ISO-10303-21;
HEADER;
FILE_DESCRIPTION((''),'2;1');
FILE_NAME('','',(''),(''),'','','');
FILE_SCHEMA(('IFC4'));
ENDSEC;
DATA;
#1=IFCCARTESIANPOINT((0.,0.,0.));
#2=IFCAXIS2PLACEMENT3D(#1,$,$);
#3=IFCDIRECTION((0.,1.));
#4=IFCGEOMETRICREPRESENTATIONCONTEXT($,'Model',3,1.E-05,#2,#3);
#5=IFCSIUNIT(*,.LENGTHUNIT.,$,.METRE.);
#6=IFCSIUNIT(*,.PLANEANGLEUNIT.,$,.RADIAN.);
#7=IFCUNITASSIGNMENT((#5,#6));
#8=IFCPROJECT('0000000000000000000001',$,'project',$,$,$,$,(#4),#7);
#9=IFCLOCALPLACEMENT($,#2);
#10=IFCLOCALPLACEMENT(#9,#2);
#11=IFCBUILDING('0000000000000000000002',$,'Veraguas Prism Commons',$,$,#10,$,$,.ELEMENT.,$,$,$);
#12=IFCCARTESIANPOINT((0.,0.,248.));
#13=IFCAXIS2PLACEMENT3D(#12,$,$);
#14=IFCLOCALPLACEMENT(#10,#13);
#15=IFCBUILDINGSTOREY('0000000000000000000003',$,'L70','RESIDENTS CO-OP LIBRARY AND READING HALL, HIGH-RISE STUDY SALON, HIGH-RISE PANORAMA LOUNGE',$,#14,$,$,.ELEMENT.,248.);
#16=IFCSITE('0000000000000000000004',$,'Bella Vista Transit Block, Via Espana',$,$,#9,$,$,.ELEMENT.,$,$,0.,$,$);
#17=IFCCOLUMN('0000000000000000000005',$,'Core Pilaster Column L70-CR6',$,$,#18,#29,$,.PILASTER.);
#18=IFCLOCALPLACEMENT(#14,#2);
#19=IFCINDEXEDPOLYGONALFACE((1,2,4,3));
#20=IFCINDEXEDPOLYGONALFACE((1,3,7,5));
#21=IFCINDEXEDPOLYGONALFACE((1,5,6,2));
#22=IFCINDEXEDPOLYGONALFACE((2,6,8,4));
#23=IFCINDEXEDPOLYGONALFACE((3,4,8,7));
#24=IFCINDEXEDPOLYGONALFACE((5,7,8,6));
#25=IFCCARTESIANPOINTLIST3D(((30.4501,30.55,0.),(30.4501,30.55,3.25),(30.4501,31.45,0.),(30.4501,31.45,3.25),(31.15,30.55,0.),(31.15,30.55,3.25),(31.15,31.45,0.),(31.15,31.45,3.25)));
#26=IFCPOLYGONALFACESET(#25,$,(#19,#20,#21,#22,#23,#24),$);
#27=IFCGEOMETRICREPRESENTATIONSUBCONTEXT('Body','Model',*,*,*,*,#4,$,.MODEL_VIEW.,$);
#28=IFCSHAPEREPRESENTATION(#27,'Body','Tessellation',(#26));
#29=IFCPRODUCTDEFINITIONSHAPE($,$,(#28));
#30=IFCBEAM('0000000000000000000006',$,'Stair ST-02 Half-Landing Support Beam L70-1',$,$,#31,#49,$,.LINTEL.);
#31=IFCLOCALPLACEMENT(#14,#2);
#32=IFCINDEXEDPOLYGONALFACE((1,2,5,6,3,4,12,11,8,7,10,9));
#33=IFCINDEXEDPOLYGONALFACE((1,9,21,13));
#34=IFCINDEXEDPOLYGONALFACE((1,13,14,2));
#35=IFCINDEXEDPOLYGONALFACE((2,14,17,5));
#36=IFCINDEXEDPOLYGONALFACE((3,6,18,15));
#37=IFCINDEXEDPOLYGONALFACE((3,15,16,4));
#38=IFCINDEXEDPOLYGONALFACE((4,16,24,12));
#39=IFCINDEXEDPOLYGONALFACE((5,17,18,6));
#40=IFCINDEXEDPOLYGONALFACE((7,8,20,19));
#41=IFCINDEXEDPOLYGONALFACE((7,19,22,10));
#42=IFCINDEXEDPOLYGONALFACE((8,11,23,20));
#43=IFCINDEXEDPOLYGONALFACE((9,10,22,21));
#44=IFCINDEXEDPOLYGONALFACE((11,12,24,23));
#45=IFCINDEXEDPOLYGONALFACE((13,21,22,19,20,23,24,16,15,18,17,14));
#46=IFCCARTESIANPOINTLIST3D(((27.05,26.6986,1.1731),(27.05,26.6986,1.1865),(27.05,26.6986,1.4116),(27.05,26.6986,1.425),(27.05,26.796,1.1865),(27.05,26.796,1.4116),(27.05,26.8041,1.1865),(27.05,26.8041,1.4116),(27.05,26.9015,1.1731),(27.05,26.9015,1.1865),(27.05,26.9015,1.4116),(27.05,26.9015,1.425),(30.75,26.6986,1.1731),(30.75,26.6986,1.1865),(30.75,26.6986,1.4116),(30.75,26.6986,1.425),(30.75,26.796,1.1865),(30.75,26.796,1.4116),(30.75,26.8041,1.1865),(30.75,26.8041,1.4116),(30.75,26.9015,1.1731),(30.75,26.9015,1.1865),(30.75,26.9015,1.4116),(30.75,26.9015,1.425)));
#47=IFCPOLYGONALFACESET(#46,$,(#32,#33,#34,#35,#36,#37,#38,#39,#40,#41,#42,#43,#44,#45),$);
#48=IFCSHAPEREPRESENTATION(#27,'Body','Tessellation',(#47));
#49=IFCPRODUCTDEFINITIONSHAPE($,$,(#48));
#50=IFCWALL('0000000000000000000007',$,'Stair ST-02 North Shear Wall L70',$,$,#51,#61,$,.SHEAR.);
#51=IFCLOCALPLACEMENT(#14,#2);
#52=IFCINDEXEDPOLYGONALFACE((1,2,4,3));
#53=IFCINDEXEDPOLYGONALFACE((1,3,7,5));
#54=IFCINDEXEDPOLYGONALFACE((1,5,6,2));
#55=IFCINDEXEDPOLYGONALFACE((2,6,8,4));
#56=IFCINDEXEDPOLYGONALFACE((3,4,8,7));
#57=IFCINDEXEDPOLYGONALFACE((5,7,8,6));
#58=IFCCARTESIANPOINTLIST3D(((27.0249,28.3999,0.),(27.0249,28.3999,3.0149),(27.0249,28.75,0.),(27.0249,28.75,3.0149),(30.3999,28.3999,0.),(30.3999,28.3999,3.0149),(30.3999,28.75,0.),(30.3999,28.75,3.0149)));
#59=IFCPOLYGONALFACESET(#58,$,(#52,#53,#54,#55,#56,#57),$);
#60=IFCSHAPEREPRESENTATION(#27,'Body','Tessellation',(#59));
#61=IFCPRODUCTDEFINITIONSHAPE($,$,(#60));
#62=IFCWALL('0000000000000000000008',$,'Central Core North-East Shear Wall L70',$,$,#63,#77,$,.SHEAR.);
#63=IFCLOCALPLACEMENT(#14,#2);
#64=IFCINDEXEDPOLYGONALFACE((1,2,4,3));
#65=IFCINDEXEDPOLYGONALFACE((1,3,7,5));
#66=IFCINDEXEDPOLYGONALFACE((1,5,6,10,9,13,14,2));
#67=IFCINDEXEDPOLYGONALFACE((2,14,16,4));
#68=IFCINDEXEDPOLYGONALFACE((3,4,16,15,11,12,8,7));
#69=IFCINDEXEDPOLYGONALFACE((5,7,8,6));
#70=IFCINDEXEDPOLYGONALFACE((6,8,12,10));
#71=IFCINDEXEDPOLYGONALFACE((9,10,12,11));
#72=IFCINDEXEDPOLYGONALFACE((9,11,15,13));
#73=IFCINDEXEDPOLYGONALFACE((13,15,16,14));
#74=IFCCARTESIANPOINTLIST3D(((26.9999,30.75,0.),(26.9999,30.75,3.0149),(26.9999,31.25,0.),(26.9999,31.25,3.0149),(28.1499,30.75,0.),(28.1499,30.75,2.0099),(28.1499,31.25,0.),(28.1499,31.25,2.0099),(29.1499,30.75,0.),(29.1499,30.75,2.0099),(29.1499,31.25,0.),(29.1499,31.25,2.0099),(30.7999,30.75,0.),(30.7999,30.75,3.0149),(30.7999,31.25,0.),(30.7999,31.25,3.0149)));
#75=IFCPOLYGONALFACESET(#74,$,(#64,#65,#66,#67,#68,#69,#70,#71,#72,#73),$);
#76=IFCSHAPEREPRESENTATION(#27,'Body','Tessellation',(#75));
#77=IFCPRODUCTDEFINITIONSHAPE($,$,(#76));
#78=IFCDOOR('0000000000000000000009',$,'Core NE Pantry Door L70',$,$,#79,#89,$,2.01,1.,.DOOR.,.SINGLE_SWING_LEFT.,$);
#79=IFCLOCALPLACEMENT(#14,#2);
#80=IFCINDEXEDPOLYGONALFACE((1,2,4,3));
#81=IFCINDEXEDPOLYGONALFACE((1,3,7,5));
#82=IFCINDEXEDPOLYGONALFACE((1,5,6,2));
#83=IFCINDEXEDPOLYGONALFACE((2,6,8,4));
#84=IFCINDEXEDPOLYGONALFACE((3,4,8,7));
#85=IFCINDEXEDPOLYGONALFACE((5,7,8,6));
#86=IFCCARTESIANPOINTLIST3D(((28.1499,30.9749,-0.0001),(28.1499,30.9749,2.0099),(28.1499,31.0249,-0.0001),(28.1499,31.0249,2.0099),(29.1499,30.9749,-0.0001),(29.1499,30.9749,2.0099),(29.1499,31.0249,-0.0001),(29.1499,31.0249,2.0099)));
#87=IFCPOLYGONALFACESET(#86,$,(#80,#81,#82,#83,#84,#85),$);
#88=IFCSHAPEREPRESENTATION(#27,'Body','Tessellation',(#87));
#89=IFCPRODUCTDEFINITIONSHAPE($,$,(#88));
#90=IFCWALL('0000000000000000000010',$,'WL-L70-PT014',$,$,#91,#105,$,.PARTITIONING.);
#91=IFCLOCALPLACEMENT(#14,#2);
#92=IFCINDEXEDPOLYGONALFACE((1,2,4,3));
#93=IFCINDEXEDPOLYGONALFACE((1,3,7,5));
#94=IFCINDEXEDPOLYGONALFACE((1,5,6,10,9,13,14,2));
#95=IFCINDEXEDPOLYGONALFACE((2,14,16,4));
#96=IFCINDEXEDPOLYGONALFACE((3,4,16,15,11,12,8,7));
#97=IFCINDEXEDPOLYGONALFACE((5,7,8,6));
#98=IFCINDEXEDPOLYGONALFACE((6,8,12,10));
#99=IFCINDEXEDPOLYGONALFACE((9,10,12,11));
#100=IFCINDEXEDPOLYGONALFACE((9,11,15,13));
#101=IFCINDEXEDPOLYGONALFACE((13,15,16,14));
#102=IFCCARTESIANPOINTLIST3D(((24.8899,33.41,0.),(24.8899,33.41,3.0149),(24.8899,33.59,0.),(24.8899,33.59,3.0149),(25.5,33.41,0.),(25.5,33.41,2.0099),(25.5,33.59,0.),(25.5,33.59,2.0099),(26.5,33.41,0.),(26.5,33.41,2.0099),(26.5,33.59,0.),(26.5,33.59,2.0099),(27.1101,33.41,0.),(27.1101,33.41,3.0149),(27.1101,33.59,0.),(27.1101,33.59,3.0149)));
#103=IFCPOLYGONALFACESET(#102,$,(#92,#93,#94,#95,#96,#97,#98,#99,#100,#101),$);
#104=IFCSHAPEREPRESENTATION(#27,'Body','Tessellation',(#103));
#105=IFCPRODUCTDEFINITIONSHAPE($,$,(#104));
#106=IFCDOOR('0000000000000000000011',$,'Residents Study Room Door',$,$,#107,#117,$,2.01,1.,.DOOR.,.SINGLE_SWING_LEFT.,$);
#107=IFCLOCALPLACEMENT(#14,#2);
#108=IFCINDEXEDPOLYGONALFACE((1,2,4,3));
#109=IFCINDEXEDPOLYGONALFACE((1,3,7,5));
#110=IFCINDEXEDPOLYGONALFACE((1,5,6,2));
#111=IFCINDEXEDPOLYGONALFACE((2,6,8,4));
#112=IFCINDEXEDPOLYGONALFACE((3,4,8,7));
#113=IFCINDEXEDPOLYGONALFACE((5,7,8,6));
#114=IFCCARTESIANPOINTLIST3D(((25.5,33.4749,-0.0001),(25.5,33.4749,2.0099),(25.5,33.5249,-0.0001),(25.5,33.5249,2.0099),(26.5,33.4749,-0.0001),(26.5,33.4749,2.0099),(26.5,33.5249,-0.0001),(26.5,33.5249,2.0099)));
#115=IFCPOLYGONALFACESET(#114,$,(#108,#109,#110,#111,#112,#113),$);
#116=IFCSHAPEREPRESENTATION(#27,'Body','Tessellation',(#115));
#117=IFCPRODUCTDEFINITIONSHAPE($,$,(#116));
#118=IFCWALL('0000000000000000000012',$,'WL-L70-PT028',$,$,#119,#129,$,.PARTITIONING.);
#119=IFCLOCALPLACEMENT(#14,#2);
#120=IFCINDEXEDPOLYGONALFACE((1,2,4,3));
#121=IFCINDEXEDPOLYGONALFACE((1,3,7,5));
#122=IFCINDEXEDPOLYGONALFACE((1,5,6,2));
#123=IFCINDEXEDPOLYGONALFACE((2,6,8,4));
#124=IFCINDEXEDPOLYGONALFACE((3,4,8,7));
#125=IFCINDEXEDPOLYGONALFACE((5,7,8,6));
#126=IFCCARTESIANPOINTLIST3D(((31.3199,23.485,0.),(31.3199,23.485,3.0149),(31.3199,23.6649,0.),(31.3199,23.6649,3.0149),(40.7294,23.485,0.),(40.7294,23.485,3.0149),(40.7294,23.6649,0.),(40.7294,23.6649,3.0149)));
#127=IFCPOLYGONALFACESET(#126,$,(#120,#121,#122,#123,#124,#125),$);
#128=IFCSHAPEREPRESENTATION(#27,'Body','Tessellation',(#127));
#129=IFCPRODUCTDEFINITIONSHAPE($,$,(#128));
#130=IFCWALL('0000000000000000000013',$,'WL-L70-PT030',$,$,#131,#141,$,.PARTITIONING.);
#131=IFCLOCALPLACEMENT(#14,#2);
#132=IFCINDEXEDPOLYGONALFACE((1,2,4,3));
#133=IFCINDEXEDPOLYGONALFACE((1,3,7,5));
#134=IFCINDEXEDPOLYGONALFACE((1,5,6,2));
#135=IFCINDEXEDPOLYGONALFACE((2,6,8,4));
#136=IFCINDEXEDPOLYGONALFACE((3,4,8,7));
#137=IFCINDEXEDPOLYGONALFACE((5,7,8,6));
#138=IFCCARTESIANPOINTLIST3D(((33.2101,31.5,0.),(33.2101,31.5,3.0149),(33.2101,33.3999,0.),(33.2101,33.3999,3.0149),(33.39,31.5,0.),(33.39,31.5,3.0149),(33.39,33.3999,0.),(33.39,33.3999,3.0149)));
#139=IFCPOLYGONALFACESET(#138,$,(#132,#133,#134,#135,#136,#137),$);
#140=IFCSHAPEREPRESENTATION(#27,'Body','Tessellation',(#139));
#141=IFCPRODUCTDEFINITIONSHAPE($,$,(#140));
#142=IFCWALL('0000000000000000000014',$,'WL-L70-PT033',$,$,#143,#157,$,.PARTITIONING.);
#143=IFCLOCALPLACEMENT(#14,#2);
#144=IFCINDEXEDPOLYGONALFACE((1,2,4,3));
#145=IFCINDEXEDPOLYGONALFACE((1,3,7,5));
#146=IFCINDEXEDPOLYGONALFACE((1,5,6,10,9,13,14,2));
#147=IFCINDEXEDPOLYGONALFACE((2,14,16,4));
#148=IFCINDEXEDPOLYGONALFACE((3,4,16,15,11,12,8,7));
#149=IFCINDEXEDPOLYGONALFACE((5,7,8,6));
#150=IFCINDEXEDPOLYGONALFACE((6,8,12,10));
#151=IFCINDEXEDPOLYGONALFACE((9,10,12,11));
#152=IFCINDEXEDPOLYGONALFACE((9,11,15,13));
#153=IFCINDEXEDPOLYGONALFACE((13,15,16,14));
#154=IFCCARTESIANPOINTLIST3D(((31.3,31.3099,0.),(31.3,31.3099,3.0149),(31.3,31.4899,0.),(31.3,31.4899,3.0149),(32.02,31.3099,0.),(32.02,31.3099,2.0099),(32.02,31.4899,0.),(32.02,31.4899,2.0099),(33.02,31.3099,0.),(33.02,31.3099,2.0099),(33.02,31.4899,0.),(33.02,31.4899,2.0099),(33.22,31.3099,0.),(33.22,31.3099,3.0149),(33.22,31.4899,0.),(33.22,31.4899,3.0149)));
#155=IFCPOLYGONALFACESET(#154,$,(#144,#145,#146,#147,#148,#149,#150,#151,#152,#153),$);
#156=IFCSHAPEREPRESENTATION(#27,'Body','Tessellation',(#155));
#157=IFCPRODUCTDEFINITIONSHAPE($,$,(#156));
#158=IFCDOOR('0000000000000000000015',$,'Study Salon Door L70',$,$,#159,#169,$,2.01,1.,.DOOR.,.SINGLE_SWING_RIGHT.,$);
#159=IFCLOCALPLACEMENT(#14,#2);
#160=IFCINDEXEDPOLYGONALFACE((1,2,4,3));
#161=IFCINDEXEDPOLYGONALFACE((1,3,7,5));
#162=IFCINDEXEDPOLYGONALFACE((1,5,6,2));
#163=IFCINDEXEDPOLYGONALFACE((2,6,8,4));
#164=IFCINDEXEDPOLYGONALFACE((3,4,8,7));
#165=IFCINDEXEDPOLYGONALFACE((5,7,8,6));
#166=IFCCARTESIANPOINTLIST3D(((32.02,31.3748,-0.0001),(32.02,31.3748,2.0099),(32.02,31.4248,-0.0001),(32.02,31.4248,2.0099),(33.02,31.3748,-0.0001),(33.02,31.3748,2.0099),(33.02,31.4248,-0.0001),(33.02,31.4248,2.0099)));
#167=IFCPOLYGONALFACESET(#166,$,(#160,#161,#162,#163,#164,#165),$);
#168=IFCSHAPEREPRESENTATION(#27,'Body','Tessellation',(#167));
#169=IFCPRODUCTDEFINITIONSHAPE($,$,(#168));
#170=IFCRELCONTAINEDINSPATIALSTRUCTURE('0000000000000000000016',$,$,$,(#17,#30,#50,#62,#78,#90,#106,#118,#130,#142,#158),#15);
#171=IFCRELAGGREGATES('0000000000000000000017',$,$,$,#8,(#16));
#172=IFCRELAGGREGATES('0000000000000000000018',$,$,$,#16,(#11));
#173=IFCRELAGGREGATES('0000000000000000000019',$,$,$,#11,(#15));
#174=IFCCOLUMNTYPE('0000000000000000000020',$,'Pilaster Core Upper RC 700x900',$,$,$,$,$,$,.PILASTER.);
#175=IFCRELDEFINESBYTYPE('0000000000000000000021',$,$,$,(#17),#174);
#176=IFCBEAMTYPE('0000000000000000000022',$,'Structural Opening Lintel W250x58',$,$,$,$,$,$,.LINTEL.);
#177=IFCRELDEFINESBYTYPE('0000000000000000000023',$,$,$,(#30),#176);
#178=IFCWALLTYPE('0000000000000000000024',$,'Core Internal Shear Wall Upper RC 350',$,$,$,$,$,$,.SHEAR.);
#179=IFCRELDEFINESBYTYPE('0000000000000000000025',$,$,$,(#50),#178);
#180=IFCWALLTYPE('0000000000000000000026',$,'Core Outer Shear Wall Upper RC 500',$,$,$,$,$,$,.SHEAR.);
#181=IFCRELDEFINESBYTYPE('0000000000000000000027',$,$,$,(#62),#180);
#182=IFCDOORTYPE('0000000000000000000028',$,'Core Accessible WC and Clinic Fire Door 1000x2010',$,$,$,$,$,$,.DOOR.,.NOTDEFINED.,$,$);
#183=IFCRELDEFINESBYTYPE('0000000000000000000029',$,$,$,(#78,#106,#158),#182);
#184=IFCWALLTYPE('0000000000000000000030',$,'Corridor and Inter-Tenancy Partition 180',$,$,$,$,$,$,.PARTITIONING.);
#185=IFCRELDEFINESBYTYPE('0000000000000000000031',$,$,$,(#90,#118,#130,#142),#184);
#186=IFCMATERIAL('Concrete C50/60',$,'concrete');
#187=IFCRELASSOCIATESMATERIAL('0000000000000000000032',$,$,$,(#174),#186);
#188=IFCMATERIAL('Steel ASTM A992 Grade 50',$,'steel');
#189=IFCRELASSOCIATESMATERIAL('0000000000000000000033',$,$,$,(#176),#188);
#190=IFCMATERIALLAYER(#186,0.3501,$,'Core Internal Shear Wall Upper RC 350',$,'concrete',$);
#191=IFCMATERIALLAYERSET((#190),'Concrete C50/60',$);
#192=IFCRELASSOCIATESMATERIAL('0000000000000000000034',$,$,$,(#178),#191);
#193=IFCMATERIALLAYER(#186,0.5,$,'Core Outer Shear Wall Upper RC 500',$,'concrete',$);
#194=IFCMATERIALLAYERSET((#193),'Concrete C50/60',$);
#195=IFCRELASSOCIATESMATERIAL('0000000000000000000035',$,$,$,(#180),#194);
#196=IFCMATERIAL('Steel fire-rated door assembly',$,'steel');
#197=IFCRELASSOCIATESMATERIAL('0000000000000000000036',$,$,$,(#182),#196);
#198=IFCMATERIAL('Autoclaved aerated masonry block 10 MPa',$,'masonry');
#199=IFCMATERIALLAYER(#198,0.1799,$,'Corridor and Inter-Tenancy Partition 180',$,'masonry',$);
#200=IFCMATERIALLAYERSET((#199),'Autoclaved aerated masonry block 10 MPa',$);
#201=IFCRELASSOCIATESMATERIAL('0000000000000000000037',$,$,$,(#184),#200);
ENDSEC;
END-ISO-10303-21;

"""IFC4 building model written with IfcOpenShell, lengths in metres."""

from ifc_helpers import new_model, si_unit, direction, frame, frame_2d, origin, origin_2d, place, context, subcontext, project, spatial, rectangle, i_section, extrude, source, transform, mapped, material, layer, layer_set, material_profile, profile_set, type_object, element, fill, save


model = new_model("IFC4")

# Units and contexts
model_context = context("Model", 3, precision=1e-05, world=origin(), true_north=direction((0.0, 1.0)))
body_context = subcontext(model_context, "Body", "Model", "MODEL_VIEW")
ifc_project = project(units=[si_unit("LENGTHUNIT", "METRE"), si_unit("PLANEANGLEUNIT", "RADIAN")], contexts=[model_context])

# Site, building, storey
site_placement = place(None, origin())
site = spatial("IfcSite", under=ifc_project, at=site_placement, Name="Bella Vista Transit Block, Via Espana", CompositionType="ELEMENT", RefElevation=0.0)
building_placement = place(site_placement, origin())
building = spatial("IfcBuilding", under=site, at=building_placement, Name="Veraguas Prism Commons", CompositionType="ELEMENT")
storey_placement = place(building_placement, frame((0.0, 0.0, 248.0)))
storey = spatial("IfcBuildingStorey", under=building, at=storey_placement, Name="L70", Description="RESIDENTS CO-OP LIBRARY AND READING HALL, HIGH-RISE STUDY SALON, HIGH-RISE PANORAMA LOUNGE", CompositionType="ELEMENT", Elevation=248.0)

# Column
ifc_material_1 = material(Name="Concrete C50/60", Category="concrete")
ifc_material_profile_1 = material_profile(ifc_material_1, rectangle(XDim=0.7, YDim=0.8999, at=origin_2d()), Name="RC700X900")
ifc_profile_set_1 = profile_set([ifc_material_profile_1], Name="Concrete C50/60")
column_type = type_object("IfcColumnType", Name="Pilaster Core Upper RC 700x900", PredefinedType="PILASTER", material=ifc_profile_set_1)
column_placement = place(storey_placement, frame((30.8, 31.0, 0.0), z_axis=(0.0, 0.0, 1.0), x_axis=(1.0, 0.0, 0.0)))
element("IfcColumn", 1, at=column_placement, inside=storey, type_object=column_type, Name="Core Pilaster Column L70-CR6", PredefinedType="PILASTER", context=body_context, shape_type="SweptSolid", body=[
    extrude(rectangle(XDim=0.7, YDim=0.8999, at=origin_2d()), origin(), (0.0, 0.0, 1.0), 3.25),
])

# Beam
ifc_material_2 = material(Name="Steel ASTM A992 Grade 50", Category="steel")
ifc_material_profile_2 = material_profile(ifc_material_2, i_section(OverallWidth=0.2029, OverallDepth=0.252, WebThickness=0.0081, FlangeThickness=0.0134, at=origin_2d()), Name="W250X58")
ifc_profile_set_2 = profile_set([ifc_material_profile_2], Name="Steel ASTM A992 Grade 50")
beam_type = type_object("IfcBeamType", Name="Structural Opening Lintel W250x58", PredefinedType="LINTEL", material=ifc_profile_set_2)
beam_placement = place(storey_placement, frame((27.05, 26.8, 1.2991), z_axis=(1.0, 0.0, 0.0), x_axis=(0.0, 1.0, 0.0)))
element("IfcBeam", 2, at=beam_placement, inside=storey, type_object=beam_type, Name="Stair ST-02 Half-Landing Support Beam L70-1", PredefinedType="LINTEL", context=body_context, shape_type="SweptSolid", body=[
    extrude(i_section(OverallWidth=0.2029, OverallDepth=0.252, WebThickness=0.0081, FlangeThickness=0.0134, at=origin_2d()), origin(), (0.0, 0.0, 1.0), 3.7),
])

# Wall
ifc_layer_1 = layer(ifc_material_1, 0.3501, Name="Core Internal Shear Wall Upper RC 350", Category="concrete")
ifc_layer_set_1 = layer_set([ifc_layer_1], Name="Concrete C50/60")
wall_type_1 = type_object("IfcWallType", Name="Core Internal Shear Wall Upper RC 350", PredefinedType="SHEAR", material=ifc_layer_set_1)
wall_1_placement = place(storey_placement, frame((27.0249, 28.575, 0.0), z_axis=(0.0, 0.0, 1.0), x_axis=(1.0, 0.0, 0.0)))
element("IfcWall", 3, at=wall_1_placement, inside=storey, type_object=wall_type_1, Name="Stair ST-02 North Shear Wall L70", PredefinedType="SHEAR", context=body_context, shape_type="SweptSolid", body=[
    extrude(rectangle(XDim=3.375, YDim=0.3501, at=frame_2d((1.6875, 0.0))), origin(), (0.0, 0.0, 1.0), 3.0149),
])

# Walls, openings, doors
ifc_layer_2 = layer(ifc_material_1, 0.5, Name="Core Outer Shear Wall Upper RC 500", Category="concrete")
ifc_layer_set_2 = layer_set([ifc_layer_2], Name="Concrete C50/60")
wall_type_2 = type_object("IfcWallType", Name="Core Outer Shear Wall Upper RC 500", PredefinedType="SHEAR", material=ifc_layer_set_2)
wall_2_placement = place(storey_placement, frame((27.0, 31.0, 0.0), z_axis=(0.0, 0.0, 1.0), x_axis=(1.0, 0.0, 0.0)))
wall_2 = element("IfcWall", 4, at=wall_2_placement, inside=storey, type_object=wall_type_2, Name="Central Core North-East Shear Wall L70", PredefinedType="SHEAR", context=body_context, shape_type="SweptSolid", body=[
    extrude(rectangle(XDim=3.8, YDim=0.5, at=frame_2d((1.8999, 0.0))), origin(), (0.0, 0.0, 1.0), 3.0149),
])
opening_1_placement = place(wall_2_placement, frame((1.1499, 0.0, 0.0)))
opening_1 = element("IfcOpeningElement", 5, at=opening_1_placement, cuts=wall_2, PredefinedType="OPENING", context=body_context, shape_type="SweptSolid", body=[
    extrude(rectangle(XDim=1.0, YDim=2.01, at=frame_2d((0.5, 1.0049))), frame((0.0, 0.26, 0.0), z_axis=(0.0, -1.0, 0.0), x_axis=(1.0, 0.0, 0.0)), (0.0, 0.0, 1.0), 0.52),
])
ifc_material_3 = material(Name="Steel fire-rated door assembly", Category="steel")
door_type_1 = type_object("IfcDoorType", Name="Core Accessible WC and Clinic Fire Door 1000x2010", OperationType="NOTDEFINED", PredefinedType="DOOR", material=ifc_material_3)
shared_shape_1 = source(origin(), body_context, "Body", "SweptSolid", [
    extrude(rectangle(XDim=1.0, YDim=2.01, at=frame_2d((0.5, 1.0049))), frame((0.0, 0.0249, 0.0), z_axis=(0.0, -1.0, 0.0), x_axis=(1.0, 0.0, 0.0)), (0.0, 0.0, 1.0), 0.05),
])
door_1_placement = place(opening_1_placement, origin())
door_1 = element("IfcDoor", 6, at=door_1_placement, inside=storey, type_object=door_type_1, Name="Core NE Pantry Door L70", OperationType="SINGLE_SWING_LEFT", OverallHeight=2.01, OverallWidth=1.0, PredefinedType="DOOR", context=body_context, shape_type="MappedRepresentation", body=[
    mapped(shared_shape_1, transform((0.0, 0.0, 0.0), scale=1.0)),
])
fill(opening_1, door_1)
ifc_material_4 = material(Name="Autoclaved aerated masonry block 10 MPa", Category="masonry")
ifc_layer_3 = layer(ifc_material_4, 0.1799, Name="Corridor and Inter-Tenancy Partition 180", Category="masonry")
ifc_layer_set_3 = layer_set([ifc_layer_3], Name="Autoclaved aerated masonry block 10 MPa")
wall_type_3 = type_object("IfcWallType", Name="Corridor and Inter-Tenancy Partition 180", PredefinedType="PARTITIONING", material=ifc_layer_set_3)
wall_3_placement = place(storey_placement, frame((24.8899, 33.5, 0.0), z_axis=(0.0, 0.0, 1.0), x_axis=(1.0, 0.0, 0.0)))
wall_3 = element("IfcWall", 7, at=wall_3_placement, inside=storey, type_object=wall_type_3, Name="WL-L70-PT014", PredefinedType="PARTITIONING", context=body_context, shape_type="SweptSolid", body=[
    extrude(rectangle(XDim=2.2202, YDim=0.1799, at=frame_2d((1.1101, 0.0))), origin(), (0.0, 0.0, 1.0), 3.0149),
])
opening_2_placement = place(wall_3_placement, frame((0.6101, 0.0, 0.0)))
opening_2 = element("IfcOpeningElement", 8, at=opening_2_placement, cuts=wall_3, PredefinedType="OPENING", context=body_context, shape_type="SweptSolid", body=[
    extrude(rectangle(XDim=1.0, YDim=2.01, at=frame_2d((0.5, 1.0049))), frame((0.0, 0.0999, 0.0), z_axis=(0.0, -1.0, 0.0), x_axis=(1.0, 0.0, 0.0)), (0.0, 0.0, 1.0), 0.2),
])
door_2_placement = place(opening_2_placement, origin())
door_2 = element("IfcDoor", 9, at=door_2_placement, inside=storey, type_object=door_type_1, Name="Residents Study Room Door", OperationType="SINGLE_SWING_LEFT", OverallHeight=2.01, OverallWidth=1.0, PredefinedType="DOOR", context=body_context, shape_type="MappedRepresentation", body=[
    mapped(shared_shape_1, transform((0.0, 0.0, 0.0), scale=1.0)),
])
fill(opening_2, door_2)

# Walls
wall_4_placement = place(storey_placement, frame((31.3201, 23.575, 0.0), z_axis=(0.0, 0.0, 1.0), x_axis=(1.0, 0.0, 0.0)))
element("IfcWall", 10, at=wall_4_placement, inside=storey, type_object=wall_type_3, Name="WL-L70-PT028", PredefinedType="PARTITIONING", context=body_context, shape_type="SweptSolid", body=[
    extrude(rectangle(XDim=9.4094, YDim=0.1799, at=frame_2d((4.7046, 0.0))), origin(), (0.0, 0.0, 1.0), 3.0149),
])
wall_5_placement = place(storey_placement, frame((33.3, 31.5, 0.0), z_axis=(0.0, 0.0, 1.0), x_axis=(0.0, 1.0, 0.0)))
element("IfcWall", 11, at=wall_5_placement, inside=storey, type_object=wall_type_3, Name="WL-L70-PT030", PredefinedType="PARTITIONING", context=body_context, shape_type="SweptSolid", body=[
    extrude(rectangle(XDim=1.8999, YDim=0.1799, at=frame_2d((0.95, 0.0))), origin(), (0.0, 0.0, 1.0), 3.0149),
])

# Wall, opening, door
wall_6_placement = place(storey_placement, frame((31.3, 31.3999, 0.0), z_axis=(0.0, 0.0, 1.0), x_axis=(1.0, 0.0, 0.0)))
wall_6 = element("IfcWall", 12, at=wall_6_placement, inside=storey, type_object=wall_type_3, Name="WL-L70-PT033", PredefinedType="PARTITIONING", context=body_context, shape_type="SweptSolid", body=[
    extrude(rectangle(XDim=1.9199, YDim=0.1799, at=frame_2d((0.96, 0.0))), origin(), (0.0, 0.0, 1.0), 3.0149),
])
opening_3_placement = place(wall_6_placement, frame((0.72, 0.0, 0.0)))
opening_3 = element("IfcOpeningElement", 13, at=opening_3_placement, cuts=wall_6, PredefinedType="OPENING", context=body_context, shape_type="SweptSolid", body=[
    extrude(rectangle(XDim=1.0, YDim=2.01, at=frame_2d((0.5, 1.0049))), frame((0.0, 0.0999, 0.0), z_axis=(0.0, -1.0, 0.0), x_axis=(1.0, 0.0, 0.0)), (0.0, 0.0, 1.0), 0.2),
])
door_3_placement = place(opening_3_placement, origin())
door_3 = element("IfcDoor", 14, at=door_3_placement, inside=storey, type_object=door_type_1, Name="Study Salon Door L70", OperationType="SINGLE_SWING_RIGHT", OverallHeight=2.01, OverallWidth=1.0, PredefinedType="DOOR", context=body_context, shape_type="MappedRepresentation", body=[
    mapped(shared_shape_1, transform((0.0, 0.0, 0.0), scale=1.0)),
])
fill(opening_3, door_3)

save(model, "model.ifc")
